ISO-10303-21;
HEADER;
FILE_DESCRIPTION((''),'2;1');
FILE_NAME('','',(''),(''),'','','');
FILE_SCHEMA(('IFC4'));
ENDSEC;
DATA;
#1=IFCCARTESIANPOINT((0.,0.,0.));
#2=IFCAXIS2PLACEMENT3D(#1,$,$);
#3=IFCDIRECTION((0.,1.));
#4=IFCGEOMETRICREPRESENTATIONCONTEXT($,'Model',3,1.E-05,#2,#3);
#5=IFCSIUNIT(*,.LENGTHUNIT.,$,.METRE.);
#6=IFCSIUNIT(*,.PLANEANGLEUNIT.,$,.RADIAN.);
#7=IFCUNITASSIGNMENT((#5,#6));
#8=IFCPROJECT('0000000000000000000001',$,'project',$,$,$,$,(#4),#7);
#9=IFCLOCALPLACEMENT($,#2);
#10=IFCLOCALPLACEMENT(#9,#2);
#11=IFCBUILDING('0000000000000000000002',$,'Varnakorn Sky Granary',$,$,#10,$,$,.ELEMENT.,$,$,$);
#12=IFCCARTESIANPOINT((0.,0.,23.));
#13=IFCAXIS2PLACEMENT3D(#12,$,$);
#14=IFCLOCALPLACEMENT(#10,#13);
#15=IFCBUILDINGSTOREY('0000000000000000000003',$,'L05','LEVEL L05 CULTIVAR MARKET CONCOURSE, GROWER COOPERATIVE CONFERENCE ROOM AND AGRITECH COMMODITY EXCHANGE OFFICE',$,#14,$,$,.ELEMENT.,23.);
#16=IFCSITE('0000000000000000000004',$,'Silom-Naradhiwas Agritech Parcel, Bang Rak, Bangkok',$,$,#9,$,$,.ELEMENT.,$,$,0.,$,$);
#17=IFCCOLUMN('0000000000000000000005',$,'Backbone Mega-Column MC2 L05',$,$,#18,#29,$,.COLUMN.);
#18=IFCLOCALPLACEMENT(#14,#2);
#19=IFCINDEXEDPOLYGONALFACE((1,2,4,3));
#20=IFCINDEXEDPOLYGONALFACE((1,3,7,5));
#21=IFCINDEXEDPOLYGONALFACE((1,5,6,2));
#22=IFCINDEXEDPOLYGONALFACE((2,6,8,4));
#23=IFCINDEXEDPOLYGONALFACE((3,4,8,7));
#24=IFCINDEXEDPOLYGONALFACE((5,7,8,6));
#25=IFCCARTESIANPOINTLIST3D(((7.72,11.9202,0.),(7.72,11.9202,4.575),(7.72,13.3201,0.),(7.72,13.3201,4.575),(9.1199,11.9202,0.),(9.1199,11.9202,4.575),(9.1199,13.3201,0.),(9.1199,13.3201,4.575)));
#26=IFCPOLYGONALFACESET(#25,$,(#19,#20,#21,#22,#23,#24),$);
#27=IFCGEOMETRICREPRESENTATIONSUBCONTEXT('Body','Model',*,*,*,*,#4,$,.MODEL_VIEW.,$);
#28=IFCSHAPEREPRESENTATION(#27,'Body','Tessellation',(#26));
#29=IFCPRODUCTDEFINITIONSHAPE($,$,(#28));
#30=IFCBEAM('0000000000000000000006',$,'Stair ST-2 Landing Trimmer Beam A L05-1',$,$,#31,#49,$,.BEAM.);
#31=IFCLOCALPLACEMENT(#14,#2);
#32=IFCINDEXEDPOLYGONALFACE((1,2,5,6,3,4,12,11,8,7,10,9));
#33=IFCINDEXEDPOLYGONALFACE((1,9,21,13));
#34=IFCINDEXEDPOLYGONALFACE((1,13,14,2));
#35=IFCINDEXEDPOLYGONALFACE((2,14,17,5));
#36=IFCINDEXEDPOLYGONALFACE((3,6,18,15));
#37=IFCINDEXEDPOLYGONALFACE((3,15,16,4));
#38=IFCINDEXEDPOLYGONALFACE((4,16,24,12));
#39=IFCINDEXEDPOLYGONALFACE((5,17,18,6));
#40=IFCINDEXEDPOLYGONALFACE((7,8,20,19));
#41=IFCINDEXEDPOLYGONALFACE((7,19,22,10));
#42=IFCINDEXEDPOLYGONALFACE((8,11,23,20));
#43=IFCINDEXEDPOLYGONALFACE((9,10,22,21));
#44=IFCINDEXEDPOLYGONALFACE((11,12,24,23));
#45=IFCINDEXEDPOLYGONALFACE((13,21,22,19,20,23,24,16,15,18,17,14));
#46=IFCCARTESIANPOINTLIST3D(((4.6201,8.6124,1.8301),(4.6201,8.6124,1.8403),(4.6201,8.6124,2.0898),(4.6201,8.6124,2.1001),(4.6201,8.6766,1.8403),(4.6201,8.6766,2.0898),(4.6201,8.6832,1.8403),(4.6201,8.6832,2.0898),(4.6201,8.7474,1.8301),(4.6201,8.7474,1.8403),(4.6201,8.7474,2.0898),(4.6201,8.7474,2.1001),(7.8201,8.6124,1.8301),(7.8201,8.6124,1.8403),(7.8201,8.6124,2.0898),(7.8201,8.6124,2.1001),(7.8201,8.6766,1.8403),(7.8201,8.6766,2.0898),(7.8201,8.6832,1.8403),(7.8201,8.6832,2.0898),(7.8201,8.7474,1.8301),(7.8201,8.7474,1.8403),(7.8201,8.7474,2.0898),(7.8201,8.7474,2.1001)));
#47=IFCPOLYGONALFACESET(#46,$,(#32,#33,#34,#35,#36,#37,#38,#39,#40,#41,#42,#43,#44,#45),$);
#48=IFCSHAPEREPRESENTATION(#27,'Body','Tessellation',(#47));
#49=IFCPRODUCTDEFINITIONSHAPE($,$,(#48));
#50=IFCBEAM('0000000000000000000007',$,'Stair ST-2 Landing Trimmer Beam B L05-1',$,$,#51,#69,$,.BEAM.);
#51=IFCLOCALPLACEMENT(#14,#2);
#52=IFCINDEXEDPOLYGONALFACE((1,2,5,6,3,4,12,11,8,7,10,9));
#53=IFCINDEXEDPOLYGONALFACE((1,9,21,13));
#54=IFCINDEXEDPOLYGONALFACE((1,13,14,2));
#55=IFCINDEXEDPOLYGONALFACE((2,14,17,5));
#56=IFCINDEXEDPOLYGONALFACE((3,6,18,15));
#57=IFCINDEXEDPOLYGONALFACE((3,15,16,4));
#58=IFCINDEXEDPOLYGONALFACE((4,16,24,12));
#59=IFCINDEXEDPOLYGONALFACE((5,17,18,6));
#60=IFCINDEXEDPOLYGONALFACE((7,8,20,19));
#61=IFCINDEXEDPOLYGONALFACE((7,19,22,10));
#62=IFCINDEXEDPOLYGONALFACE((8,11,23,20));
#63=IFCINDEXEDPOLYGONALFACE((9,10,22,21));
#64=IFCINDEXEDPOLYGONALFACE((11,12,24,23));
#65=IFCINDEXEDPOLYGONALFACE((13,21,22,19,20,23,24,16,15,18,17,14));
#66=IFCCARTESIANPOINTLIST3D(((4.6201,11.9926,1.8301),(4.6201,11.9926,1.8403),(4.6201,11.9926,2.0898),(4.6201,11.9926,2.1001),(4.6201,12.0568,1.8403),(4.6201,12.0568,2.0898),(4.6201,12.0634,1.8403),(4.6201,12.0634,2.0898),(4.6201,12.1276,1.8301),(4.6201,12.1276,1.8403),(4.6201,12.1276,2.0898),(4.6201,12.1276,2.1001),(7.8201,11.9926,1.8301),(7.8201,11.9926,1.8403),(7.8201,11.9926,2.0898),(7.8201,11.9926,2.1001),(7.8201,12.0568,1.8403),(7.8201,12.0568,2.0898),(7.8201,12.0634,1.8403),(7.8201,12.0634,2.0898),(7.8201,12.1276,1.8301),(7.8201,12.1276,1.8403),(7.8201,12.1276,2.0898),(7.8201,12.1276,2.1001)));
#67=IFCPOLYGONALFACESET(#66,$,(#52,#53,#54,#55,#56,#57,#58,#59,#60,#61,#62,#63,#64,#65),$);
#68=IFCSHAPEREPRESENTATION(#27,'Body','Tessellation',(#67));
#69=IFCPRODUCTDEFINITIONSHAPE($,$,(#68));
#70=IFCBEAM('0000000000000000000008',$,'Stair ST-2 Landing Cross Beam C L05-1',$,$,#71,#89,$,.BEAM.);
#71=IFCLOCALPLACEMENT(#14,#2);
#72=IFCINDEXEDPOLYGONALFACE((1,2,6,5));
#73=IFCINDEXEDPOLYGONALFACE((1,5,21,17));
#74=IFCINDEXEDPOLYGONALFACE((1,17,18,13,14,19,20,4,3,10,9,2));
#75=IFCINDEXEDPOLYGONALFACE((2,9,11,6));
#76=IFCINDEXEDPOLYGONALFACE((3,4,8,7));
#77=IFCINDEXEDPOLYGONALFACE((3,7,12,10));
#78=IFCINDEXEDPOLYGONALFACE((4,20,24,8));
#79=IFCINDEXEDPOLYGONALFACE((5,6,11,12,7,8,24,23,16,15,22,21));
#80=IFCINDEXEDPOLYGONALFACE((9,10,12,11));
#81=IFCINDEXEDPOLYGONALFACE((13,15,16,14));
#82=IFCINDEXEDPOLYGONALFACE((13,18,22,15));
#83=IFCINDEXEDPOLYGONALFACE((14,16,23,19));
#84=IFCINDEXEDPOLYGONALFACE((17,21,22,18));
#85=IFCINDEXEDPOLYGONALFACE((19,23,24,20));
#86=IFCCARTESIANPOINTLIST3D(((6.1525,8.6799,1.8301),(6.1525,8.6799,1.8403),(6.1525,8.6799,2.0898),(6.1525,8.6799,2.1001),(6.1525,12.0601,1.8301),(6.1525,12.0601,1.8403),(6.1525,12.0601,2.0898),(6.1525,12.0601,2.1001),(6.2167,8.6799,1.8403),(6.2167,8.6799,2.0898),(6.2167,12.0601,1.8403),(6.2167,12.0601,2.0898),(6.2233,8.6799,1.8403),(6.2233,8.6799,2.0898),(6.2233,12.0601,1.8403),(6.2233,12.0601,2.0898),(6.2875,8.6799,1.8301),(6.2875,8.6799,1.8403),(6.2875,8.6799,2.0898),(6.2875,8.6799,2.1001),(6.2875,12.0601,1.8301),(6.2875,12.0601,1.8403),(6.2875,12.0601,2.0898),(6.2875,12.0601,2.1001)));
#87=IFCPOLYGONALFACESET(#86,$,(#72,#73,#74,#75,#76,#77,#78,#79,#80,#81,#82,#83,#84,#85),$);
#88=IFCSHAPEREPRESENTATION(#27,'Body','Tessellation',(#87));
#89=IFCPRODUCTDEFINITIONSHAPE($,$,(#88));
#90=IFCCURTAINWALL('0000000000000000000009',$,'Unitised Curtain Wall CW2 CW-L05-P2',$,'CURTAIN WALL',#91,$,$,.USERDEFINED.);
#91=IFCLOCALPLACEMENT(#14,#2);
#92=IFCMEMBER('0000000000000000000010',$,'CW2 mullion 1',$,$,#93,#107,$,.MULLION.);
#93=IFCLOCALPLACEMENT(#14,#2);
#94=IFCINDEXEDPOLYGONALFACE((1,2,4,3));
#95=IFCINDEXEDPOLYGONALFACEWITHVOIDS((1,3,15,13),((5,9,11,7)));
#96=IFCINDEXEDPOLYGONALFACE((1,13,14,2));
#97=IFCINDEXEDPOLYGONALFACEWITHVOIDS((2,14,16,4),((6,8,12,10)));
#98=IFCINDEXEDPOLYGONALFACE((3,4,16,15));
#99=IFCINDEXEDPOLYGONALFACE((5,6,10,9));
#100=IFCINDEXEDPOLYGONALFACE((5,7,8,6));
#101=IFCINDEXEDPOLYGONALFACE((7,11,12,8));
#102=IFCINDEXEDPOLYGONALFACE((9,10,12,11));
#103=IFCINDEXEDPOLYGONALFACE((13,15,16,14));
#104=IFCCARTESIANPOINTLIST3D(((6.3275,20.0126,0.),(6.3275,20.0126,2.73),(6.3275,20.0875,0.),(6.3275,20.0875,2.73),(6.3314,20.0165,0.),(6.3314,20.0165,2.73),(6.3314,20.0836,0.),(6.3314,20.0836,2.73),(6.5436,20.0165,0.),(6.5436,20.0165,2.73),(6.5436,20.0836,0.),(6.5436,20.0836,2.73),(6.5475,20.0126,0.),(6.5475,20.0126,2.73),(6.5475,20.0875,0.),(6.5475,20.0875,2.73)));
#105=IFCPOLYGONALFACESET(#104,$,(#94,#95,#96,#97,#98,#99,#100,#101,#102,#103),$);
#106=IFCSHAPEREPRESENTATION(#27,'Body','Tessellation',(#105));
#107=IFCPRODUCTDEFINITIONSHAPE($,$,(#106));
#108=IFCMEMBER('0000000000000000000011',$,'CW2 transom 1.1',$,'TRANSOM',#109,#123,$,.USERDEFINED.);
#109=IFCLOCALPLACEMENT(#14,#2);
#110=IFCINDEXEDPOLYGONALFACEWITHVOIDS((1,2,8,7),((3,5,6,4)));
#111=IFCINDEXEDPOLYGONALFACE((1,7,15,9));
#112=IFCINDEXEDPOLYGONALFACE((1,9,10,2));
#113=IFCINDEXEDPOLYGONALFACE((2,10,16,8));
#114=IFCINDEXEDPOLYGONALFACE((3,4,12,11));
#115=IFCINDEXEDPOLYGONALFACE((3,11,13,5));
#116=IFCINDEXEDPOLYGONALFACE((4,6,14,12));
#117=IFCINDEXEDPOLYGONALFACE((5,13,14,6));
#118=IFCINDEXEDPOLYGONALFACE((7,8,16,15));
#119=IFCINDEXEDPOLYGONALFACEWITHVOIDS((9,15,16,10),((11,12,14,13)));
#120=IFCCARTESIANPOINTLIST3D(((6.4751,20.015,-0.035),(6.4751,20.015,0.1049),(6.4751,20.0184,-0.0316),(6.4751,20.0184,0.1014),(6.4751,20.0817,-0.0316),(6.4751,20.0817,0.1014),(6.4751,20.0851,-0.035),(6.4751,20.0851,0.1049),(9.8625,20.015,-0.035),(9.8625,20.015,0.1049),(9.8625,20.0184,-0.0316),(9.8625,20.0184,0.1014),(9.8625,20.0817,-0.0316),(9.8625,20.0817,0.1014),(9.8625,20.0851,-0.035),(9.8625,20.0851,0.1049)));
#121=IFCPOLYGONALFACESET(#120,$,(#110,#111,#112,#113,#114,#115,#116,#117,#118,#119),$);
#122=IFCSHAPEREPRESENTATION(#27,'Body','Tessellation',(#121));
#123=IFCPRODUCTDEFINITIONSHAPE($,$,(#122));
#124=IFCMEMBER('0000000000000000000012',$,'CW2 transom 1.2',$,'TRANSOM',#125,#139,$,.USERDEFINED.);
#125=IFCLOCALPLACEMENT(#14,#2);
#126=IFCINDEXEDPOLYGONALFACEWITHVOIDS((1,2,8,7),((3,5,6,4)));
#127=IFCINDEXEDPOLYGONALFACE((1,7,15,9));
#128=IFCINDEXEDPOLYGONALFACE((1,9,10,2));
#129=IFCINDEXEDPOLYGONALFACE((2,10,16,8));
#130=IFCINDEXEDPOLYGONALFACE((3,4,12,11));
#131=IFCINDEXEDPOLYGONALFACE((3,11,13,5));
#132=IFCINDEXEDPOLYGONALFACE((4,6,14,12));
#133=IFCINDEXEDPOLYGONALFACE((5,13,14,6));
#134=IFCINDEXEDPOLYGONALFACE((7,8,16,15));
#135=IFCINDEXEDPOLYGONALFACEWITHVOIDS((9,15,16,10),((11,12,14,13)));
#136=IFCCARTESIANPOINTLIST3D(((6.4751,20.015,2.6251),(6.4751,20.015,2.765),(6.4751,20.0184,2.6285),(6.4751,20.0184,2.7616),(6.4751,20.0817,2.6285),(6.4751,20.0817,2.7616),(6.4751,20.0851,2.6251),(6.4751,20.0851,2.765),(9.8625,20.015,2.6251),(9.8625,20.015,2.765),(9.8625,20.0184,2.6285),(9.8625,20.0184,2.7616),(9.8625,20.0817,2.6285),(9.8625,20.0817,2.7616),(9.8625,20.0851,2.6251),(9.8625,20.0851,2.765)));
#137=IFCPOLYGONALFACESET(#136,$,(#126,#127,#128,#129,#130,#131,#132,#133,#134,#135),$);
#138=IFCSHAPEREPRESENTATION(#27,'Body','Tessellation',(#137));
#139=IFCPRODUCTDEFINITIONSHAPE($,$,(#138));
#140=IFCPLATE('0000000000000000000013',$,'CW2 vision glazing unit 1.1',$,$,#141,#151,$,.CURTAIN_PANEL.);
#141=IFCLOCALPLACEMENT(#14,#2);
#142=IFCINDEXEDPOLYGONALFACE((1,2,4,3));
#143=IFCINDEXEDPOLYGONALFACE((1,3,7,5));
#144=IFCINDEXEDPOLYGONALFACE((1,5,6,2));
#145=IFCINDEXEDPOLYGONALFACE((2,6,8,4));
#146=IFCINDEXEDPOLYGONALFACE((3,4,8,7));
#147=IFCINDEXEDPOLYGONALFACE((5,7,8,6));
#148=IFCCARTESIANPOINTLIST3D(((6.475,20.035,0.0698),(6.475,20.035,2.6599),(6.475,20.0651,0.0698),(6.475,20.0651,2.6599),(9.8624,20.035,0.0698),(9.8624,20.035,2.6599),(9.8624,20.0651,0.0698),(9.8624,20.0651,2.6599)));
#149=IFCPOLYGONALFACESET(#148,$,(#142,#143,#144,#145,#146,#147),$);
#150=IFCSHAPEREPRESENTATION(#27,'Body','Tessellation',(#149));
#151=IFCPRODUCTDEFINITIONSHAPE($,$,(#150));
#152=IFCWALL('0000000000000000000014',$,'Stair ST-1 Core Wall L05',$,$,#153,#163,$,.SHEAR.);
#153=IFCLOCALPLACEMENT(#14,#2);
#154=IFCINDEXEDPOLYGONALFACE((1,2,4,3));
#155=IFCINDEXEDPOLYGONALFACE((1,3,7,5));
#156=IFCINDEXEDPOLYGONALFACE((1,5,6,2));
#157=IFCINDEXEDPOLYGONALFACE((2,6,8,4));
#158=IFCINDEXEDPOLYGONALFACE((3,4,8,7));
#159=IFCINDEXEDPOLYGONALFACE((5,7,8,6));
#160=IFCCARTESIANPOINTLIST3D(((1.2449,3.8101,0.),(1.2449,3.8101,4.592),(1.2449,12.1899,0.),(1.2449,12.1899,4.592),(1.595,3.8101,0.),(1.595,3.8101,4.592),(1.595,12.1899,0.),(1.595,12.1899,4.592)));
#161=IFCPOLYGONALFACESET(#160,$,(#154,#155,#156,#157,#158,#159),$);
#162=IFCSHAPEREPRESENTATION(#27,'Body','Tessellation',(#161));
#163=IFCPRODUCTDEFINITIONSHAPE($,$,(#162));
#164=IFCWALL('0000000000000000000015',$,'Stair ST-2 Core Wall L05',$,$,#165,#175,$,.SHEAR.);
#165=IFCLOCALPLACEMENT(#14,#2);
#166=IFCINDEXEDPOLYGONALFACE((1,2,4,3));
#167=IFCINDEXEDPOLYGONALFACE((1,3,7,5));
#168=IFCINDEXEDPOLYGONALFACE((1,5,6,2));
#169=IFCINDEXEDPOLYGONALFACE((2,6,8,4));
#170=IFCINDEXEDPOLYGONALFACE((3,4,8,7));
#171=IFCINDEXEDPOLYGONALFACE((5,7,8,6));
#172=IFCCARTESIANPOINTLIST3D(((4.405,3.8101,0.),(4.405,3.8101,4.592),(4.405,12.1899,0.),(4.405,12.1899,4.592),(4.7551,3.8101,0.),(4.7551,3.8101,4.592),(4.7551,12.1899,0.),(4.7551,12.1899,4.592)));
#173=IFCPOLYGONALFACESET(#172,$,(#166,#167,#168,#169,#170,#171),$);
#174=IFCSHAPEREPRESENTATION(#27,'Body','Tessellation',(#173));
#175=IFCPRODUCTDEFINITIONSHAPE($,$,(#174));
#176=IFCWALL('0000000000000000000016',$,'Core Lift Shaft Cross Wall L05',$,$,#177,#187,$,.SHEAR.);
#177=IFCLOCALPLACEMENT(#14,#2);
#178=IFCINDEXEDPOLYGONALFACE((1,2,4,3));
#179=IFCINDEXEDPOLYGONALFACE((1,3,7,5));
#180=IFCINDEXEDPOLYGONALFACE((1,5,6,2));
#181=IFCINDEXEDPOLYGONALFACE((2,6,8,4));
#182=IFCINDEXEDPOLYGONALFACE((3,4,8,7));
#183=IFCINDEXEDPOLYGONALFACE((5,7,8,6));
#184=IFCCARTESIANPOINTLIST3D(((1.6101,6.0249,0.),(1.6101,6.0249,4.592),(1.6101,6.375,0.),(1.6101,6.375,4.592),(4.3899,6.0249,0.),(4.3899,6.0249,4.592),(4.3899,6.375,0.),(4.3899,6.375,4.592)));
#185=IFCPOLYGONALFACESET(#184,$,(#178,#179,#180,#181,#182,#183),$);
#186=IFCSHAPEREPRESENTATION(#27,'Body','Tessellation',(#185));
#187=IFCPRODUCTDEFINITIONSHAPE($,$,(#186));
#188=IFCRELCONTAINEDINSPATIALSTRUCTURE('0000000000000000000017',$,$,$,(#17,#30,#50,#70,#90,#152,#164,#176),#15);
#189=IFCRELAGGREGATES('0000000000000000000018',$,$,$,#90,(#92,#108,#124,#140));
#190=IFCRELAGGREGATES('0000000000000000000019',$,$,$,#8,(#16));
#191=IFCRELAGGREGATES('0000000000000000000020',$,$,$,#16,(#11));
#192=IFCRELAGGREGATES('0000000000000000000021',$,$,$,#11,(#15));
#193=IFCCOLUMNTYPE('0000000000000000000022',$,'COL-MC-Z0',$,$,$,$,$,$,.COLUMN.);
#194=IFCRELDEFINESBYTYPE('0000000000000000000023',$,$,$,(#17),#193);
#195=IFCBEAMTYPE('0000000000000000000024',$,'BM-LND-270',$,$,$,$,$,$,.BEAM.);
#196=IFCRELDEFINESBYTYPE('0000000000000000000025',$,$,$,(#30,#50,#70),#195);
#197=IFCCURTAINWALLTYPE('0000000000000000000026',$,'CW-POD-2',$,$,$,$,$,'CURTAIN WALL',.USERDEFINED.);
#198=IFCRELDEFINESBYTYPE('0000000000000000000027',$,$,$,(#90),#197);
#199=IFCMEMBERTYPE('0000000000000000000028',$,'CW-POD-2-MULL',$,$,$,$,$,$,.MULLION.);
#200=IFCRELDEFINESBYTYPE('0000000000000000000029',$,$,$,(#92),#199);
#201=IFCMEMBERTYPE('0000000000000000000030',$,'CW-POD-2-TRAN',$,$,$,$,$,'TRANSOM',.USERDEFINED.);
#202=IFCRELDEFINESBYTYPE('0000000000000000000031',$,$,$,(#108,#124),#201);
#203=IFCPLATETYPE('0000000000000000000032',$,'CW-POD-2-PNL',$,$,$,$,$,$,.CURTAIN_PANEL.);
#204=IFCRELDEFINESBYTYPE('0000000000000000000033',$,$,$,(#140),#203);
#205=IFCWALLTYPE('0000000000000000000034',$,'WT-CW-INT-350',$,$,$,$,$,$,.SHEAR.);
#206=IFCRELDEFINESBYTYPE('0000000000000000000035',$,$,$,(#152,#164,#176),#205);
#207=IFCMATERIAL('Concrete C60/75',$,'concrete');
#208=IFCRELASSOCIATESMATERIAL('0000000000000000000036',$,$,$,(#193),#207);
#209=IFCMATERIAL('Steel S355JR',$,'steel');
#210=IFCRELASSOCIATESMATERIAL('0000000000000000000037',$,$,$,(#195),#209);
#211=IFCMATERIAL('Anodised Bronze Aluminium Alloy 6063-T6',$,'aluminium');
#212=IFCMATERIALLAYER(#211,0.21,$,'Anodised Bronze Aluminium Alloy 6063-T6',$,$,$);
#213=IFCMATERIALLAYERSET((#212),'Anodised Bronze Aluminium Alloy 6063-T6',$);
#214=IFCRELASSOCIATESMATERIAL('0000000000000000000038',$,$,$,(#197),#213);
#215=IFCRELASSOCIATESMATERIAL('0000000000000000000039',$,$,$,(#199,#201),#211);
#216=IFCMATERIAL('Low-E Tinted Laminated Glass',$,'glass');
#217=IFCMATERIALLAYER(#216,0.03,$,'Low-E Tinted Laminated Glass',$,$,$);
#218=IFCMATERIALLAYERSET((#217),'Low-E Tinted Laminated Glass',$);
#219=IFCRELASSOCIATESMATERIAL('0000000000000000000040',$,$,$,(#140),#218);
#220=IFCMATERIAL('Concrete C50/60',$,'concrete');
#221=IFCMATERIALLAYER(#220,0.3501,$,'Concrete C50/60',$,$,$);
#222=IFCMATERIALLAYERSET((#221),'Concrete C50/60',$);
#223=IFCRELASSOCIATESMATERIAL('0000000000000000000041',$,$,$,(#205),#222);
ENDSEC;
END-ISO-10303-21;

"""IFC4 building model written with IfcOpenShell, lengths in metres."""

from ifc_helpers import new_model, si_unit, direction, frame, frame_2d, origin, origin_2d, place, context, subcontext, project, spatial, rectangle, hollow_rectangle, i_section, extrude, source, transform, mapped, material, layer, layer_set, material_profile, profile_set, type_object, type_shapes, element, aggregate, save


model = new_model("IFC4")

# Units and contexts
model_context = context("Model", 3, precision=1e-05, world=origin(), true_north=direction((0.0, 1.0)))
body_context = subcontext(model_context, "Body", "Model", "MODEL_VIEW")
ifc_project = project(units=[si_unit("LENGTHUNIT", "METRE"), si_unit("PLANEANGLEUNIT", "RADIAN")], contexts=[model_context])

# Site, building, storey
site_placement = place(None, origin())
site = spatial("IfcSite", under=ifc_project, at=site_placement, Name="Silom-Naradhiwas Agritech Parcel, Bang Rak, Bangkok", CompositionType="ELEMENT", RefElevation=0.0)
building_placement = place(site_placement, origin())
building = spatial("IfcBuilding", under=site, at=building_placement, Name="Varnakorn Sky Granary", CompositionType="ELEMENT")
storey_placement = place(building_placement, frame((0.0, 0.0, 23.0)))
storey = spatial("IfcBuildingStorey", under=building, at=storey_placement, Name="L05", Description="LEVEL L05 CULTIVAR MARKET CONCOURSE, GROWER COOPERATIVE CONFERENCE ROOM AND AGRITECH COMMODITY EXCHANGE OFFICE", CompositionType="ELEMENT", Elevation=23.0)

# Column
ifc_material_1 = material(Name="Concrete C60/75", Category="concrete")
ifc_material_profile_1 = material_profile(ifc_material_1, rectangle(XDim=1.3999, YDim=1.3999, at=origin_2d()), Name="RC 1400x1400")
ifc_profile_set_1 = profile_set([ifc_material_profile_1], Name="Concrete C60/75")
column_type = type_object("IfcColumnType", Name="COL-MC-Z0", PredefinedType="COLUMN", material=ifc_profile_set_1)
column_placement = place(storey_placement, frame((8.4199, 12.6201, 0.0), z_axis=(0.0, 0.0, 1.0), x_axis=(1.0, 0.0, 0.0)))
element("IfcColumn", 1, at=column_placement, inside=storey, type_object=column_type, Name="Backbone Mega-Column MC2 L05", PredefinedType="COLUMN", context=body_context, shape_type="SweptSolid", body=[
    extrude(rectangle(XDim=1.3999, YDim=1.3999, at=origin_2d()), origin(), (0.0, 0.0, 1.0), 4.575),
])

# Beams
ifc_material_2 = material(Name="Steel S355JR", Category="steel")
ifc_material_profile_2 = material_profile(ifc_material_2, i_section(OverallWidth=0.135, OverallDepth=0.27, WebThickness=0.0066, FlangeThickness=0.0103, at=origin_2d()), Name="IPE 270")
ifc_profile_set_2 = profile_set([ifc_material_profile_2], Name="Steel S355JR")
beam_type = type_object("IfcBeamType", Name="BM-LND-270", PredefinedType="BEAM", material=ifc_profile_set_2)
for number, where, z_axis, x_axis, name in (
    (2, (4.6201, 8.6799, 1.9651), (1.0, 0.0, 0.0), (0.0, 1.0, 0.0), "Stair ST-2 Landing Trimmer Beam A L05-1"),
    (3, (4.6201, 12.0601, 1.9651), (1.0, 0.0, 0.0), (0.0, 1.0, 0.0), "Stair ST-2 Landing Trimmer Beam B L05-1"),
):
    element("IfcBeam", number, at=place(storey_placement, frame(where, z_axis=z_axis, x_axis=x_axis)), inside=storey, type_object=beam_type, Name=name, PredefinedType="BEAM", context=body_context, shape_type="SweptSolid", body=[
        extrude(i_section(OverallWidth=0.135, OverallDepth=0.27, WebThickness=0.0066, FlangeThickness=0.0103, at=origin_2d()), origin(), (0.0, 0.0, 1.0), 3.2),
    ])
beam_placement = place(storey_placement, frame((6.22, 8.6799, 1.9651), z_axis=(0.0, 1.0, 0.0), x_axis=(-1.0, 0.0, 0.0)))
element("IfcBeam", 4, at=beam_placement, inside=storey, type_object=beam_type, Name="Stair ST-2 Landing Cross Beam C L05-1", PredefinedType="BEAM", context=body_context, shape_type="SweptSolid", body=[
    extrude(i_section(OverallWidth=0.135, OverallDepth=0.27, WebThickness=0.0066, FlangeThickness=0.0103, at=origin_2d()), origin(), (0.0, 0.0, 1.0), 3.3801),
])

# Curtain wall, members, plate
ifc_material_3 = material(Name="Anodised Bronze Aluminium Alloy 6063-T6", Category="aluminium")
ifc_layer_1 = layer(ifc_material_3, 0.21, Name="Anodised Bronze Aluminium Alloy 6063-T6")
ifc_layer_set_1 = layer_set([ifc_layer_1], Name="Anodised Bronze Aluminium Alloy 6063-T6")
curtain_wall_type = type_object("IfcCurtainWallType", Name="CW-POD-2", ElementType="CURTAIN WALL", PredefinedType="USERDEFINED", material=ifc_layer_set_1)
curtain_wall_placement = place(storey_placement, origin())
curtain_wall = element("IfcCurtainWall", 5, at=curtain_wall_placement, inside=storey, type_object=curtain_wall_type, Name="Unitised Curtain Wall CW2 CW-L05-P2", ObjectType="CURTAIN WALL", PredefinedType="USERDEFINED")
ifc_material_profile_3 = material_profile(ifc_material_3, hollow_rectangle(XDim=0.075, YDim=0.22, WallThickness=0.0039, at=origin_2d()), Name="ALU MULL 75x220")
ifc_profile_set_3 = profile_set([ifc_material_profile_3], Name="Anodised Bronze Aluminium Alloy 6063-T6")
member_type_1 = type_object("IfcMemberType", Name="CW-POD-2-MULL", PredefinedType="MULLION", material=ifc_profile_set_3)
member_1_placement = place(storey_placement, frame((6.4375, 20.05, 0.0), z_axis=(0.0, 0.0, 1.0), x_axis=(0.0, 1.0, 0.0)))
member_1 = element("IfcMember", 6, at=member_1_placement, type_object=member_type_1, Name="CW2 mullion 1", PredefinedType="MULLION", context=body_context, shape_type="SweptSolid", body=[
    extrude(hollow_rectangle(XDim=0.075, YDim=0.22, WallThickness=0.0039, at=origin_2d()), origin(), (0.0, 0.0, 1.0), 2.73),
])
ifc_material_profile_4 = material_profile(ifc_material_3, hollow_rectangle(XDim=0.0701, YDim=0.1399, WallThickness=0.0034, at=origin_2d()), Name="ALU TRAN 70x140")
ifc_profile_set_4 = profile_set([ifc_material_profile_4], Name="Anodised Bronze Aluminium Alloy 6063-T6")
member_type_2 = type_object("IfcMemberType", Name="CW-POD-2-TRAN", ElementType="TRANSOM", PredefinedType="USERDEFINED", material=ifc_profile_set_4)
member_2_placement = place(storey_placement, frame((6.4751, 20.05, 0.0349), z_axis=(1.0, 0.0, 0.0), x_axis=(0.0, 1.0, 0.0)))
member_2 = element("IfcMember", 7, at=member_2_placement, type_object=member_type_2, Name="CW2 transom 1.1", ObjectType="TRANSOM", PredefinedType="USERDEFINED", context=body_context, shape_type="SweptSolid", body=[
    extrude(hollow_rectangle(XDim=0.0701, YDim=0.1399, WallThickness=0.0034, at=origin_2d()), origin(), (0.0, 0.0, 1.0), 3.3875),
])
member_3_placement = place(storey_placement, frame((6.4751, 20.05, 2.6951), z_axis=(1.0, 0.0, 0.0), x_axis=(0.0, 1.0, 0.0)))
member_3 = element("IfcMember", 8, at=member_3_placement, type_object=member_type_2, Name="CW2 transom 1.2", ObjectType="TRANSOM", PredefinedType="USERDEFINED", context=body_context, shape_type="SweptSolid", body=[
    extrude(hollow_rectangle(XDim=0.0701, YDim=0.1399, WallThickness=0.0034, at=origin_2d()), origin(), (0.0, 0.0, 1.0), 3.3875),
])
ifc_material_4 = material(Name="Low-E Tinted Laminated Glass", Category="glass")
ifc_layer_2 = layer(ifc_material_4, 0.03, Name="Low-E Tinted Laminated Glass")
ifc_layer_set_2 = layer_set([ifc_layer_2], Name="Low-E Tinted Laminated Glass")
plate_type = type_object("IfcPlateType", Name="CW-POD-2-PNL", PredefinedType="CURTAIN_PANEL")
shared_shape = source(origin(), body_context, "Body", "SweptSolid", [
    extrude(rectangle(XDim=3.3875, YDim=0.03, at=origin_2d()), origin(), (0.0, 0.0, 1.0), 2.5901),
])
type_shapes(plate_type, [shared_shape])
plate_placement = place(storey_placement, frame((8.1687, 20.05, 0.0698), z_axis=(0.0, 0.0, 1.0), x_axis=(1.0, 0.0, 0.0)))
plate = element("IfcPlate", 9, at=plate_placement, type_object=plate_type, material=ifc_layer_set_2, Name="CW2 vision glazing unit 1.1", PredefinedType="CURTAIN_PANEL", context=body_context, shape_type="MappedRepresentation", body=[
    mapped(shared_shape, transform((0.0, 0.0, 0.0), x_axis=(1.0, 0.0, 0.0), y_axis=(0.0, 1.0, 0.0), z_axis=(0.0, 0.0, 1.0), scale=1.0)),
])
aggregate(curtain_wall, [member_1, member_2, member_3, plate])

# Walls
ifc_material_5 = material(Name="Concrete C50/60", Category="concrete")
ifc_layer_3 = layer(ifc_material_5, 0.3501, Name="Concrete C50/60")
ifc_layer_set_3 = layer_set([ifc_layer_3], Name="Concrete C50/60")
wall_type_1 = type_object("IfcWallType", Name="WT-CW-INT-350", PredefinedType="SHEAR", material=ifc_layer_set_3)
for number, where, z_axis, x_axis, name in (
    (10, (1.4199, 3.8101, 0.0), (0.0, 0.0, 1.0), (0.0, 1.0, 0.0), "Stair ST-1 Core Wall L05"),
    (11, (4.5801, 3.8101, 0.0), (0.0, 0.0, 1.0), (0.0, 1.0, 0.0), "Stair ST-2 Core Wall L05"),
):
    element("IfcWall", number, at=place(storey_placement, frame(where, z_axis=z_axis, x_axis=x_axis)), inside=storey, type_object=wall_type_1, Name=name, PredefinedType="SHEAR", context=body_context, shape_type="SweptSolid", body=[
        extrude(rectangle(XDim=8.3799, YDim=0.3501, at=frame_2d((4.1899, 0.0))), origin(), (0.0, 0.0, 1.0), 4.592),
    ])
wall_1_placement = place(storey_placement, frame((1.6101, 6.2, 0.0), z_axis=(0.0, 0.0, 1.0), x_axis=(1.0, 0.0, 0.0)))
element("IfcWall", 12, at=wall_1_placement, inside=storey, type_object=wall_type_1, Name="Core Lift Shaft Cross Wall L05", PredefinedType="SHEAR", context=body_context, shape_type="SweptSolid", body=[
    extrude(rectangle(XDim=2.7798, YDim=0.3501, at=frame_2d((1.3899, 0.0))), origin(), (0.0, 0.0, 1.0), 4.592),
])

save(model, "model.ifc")
